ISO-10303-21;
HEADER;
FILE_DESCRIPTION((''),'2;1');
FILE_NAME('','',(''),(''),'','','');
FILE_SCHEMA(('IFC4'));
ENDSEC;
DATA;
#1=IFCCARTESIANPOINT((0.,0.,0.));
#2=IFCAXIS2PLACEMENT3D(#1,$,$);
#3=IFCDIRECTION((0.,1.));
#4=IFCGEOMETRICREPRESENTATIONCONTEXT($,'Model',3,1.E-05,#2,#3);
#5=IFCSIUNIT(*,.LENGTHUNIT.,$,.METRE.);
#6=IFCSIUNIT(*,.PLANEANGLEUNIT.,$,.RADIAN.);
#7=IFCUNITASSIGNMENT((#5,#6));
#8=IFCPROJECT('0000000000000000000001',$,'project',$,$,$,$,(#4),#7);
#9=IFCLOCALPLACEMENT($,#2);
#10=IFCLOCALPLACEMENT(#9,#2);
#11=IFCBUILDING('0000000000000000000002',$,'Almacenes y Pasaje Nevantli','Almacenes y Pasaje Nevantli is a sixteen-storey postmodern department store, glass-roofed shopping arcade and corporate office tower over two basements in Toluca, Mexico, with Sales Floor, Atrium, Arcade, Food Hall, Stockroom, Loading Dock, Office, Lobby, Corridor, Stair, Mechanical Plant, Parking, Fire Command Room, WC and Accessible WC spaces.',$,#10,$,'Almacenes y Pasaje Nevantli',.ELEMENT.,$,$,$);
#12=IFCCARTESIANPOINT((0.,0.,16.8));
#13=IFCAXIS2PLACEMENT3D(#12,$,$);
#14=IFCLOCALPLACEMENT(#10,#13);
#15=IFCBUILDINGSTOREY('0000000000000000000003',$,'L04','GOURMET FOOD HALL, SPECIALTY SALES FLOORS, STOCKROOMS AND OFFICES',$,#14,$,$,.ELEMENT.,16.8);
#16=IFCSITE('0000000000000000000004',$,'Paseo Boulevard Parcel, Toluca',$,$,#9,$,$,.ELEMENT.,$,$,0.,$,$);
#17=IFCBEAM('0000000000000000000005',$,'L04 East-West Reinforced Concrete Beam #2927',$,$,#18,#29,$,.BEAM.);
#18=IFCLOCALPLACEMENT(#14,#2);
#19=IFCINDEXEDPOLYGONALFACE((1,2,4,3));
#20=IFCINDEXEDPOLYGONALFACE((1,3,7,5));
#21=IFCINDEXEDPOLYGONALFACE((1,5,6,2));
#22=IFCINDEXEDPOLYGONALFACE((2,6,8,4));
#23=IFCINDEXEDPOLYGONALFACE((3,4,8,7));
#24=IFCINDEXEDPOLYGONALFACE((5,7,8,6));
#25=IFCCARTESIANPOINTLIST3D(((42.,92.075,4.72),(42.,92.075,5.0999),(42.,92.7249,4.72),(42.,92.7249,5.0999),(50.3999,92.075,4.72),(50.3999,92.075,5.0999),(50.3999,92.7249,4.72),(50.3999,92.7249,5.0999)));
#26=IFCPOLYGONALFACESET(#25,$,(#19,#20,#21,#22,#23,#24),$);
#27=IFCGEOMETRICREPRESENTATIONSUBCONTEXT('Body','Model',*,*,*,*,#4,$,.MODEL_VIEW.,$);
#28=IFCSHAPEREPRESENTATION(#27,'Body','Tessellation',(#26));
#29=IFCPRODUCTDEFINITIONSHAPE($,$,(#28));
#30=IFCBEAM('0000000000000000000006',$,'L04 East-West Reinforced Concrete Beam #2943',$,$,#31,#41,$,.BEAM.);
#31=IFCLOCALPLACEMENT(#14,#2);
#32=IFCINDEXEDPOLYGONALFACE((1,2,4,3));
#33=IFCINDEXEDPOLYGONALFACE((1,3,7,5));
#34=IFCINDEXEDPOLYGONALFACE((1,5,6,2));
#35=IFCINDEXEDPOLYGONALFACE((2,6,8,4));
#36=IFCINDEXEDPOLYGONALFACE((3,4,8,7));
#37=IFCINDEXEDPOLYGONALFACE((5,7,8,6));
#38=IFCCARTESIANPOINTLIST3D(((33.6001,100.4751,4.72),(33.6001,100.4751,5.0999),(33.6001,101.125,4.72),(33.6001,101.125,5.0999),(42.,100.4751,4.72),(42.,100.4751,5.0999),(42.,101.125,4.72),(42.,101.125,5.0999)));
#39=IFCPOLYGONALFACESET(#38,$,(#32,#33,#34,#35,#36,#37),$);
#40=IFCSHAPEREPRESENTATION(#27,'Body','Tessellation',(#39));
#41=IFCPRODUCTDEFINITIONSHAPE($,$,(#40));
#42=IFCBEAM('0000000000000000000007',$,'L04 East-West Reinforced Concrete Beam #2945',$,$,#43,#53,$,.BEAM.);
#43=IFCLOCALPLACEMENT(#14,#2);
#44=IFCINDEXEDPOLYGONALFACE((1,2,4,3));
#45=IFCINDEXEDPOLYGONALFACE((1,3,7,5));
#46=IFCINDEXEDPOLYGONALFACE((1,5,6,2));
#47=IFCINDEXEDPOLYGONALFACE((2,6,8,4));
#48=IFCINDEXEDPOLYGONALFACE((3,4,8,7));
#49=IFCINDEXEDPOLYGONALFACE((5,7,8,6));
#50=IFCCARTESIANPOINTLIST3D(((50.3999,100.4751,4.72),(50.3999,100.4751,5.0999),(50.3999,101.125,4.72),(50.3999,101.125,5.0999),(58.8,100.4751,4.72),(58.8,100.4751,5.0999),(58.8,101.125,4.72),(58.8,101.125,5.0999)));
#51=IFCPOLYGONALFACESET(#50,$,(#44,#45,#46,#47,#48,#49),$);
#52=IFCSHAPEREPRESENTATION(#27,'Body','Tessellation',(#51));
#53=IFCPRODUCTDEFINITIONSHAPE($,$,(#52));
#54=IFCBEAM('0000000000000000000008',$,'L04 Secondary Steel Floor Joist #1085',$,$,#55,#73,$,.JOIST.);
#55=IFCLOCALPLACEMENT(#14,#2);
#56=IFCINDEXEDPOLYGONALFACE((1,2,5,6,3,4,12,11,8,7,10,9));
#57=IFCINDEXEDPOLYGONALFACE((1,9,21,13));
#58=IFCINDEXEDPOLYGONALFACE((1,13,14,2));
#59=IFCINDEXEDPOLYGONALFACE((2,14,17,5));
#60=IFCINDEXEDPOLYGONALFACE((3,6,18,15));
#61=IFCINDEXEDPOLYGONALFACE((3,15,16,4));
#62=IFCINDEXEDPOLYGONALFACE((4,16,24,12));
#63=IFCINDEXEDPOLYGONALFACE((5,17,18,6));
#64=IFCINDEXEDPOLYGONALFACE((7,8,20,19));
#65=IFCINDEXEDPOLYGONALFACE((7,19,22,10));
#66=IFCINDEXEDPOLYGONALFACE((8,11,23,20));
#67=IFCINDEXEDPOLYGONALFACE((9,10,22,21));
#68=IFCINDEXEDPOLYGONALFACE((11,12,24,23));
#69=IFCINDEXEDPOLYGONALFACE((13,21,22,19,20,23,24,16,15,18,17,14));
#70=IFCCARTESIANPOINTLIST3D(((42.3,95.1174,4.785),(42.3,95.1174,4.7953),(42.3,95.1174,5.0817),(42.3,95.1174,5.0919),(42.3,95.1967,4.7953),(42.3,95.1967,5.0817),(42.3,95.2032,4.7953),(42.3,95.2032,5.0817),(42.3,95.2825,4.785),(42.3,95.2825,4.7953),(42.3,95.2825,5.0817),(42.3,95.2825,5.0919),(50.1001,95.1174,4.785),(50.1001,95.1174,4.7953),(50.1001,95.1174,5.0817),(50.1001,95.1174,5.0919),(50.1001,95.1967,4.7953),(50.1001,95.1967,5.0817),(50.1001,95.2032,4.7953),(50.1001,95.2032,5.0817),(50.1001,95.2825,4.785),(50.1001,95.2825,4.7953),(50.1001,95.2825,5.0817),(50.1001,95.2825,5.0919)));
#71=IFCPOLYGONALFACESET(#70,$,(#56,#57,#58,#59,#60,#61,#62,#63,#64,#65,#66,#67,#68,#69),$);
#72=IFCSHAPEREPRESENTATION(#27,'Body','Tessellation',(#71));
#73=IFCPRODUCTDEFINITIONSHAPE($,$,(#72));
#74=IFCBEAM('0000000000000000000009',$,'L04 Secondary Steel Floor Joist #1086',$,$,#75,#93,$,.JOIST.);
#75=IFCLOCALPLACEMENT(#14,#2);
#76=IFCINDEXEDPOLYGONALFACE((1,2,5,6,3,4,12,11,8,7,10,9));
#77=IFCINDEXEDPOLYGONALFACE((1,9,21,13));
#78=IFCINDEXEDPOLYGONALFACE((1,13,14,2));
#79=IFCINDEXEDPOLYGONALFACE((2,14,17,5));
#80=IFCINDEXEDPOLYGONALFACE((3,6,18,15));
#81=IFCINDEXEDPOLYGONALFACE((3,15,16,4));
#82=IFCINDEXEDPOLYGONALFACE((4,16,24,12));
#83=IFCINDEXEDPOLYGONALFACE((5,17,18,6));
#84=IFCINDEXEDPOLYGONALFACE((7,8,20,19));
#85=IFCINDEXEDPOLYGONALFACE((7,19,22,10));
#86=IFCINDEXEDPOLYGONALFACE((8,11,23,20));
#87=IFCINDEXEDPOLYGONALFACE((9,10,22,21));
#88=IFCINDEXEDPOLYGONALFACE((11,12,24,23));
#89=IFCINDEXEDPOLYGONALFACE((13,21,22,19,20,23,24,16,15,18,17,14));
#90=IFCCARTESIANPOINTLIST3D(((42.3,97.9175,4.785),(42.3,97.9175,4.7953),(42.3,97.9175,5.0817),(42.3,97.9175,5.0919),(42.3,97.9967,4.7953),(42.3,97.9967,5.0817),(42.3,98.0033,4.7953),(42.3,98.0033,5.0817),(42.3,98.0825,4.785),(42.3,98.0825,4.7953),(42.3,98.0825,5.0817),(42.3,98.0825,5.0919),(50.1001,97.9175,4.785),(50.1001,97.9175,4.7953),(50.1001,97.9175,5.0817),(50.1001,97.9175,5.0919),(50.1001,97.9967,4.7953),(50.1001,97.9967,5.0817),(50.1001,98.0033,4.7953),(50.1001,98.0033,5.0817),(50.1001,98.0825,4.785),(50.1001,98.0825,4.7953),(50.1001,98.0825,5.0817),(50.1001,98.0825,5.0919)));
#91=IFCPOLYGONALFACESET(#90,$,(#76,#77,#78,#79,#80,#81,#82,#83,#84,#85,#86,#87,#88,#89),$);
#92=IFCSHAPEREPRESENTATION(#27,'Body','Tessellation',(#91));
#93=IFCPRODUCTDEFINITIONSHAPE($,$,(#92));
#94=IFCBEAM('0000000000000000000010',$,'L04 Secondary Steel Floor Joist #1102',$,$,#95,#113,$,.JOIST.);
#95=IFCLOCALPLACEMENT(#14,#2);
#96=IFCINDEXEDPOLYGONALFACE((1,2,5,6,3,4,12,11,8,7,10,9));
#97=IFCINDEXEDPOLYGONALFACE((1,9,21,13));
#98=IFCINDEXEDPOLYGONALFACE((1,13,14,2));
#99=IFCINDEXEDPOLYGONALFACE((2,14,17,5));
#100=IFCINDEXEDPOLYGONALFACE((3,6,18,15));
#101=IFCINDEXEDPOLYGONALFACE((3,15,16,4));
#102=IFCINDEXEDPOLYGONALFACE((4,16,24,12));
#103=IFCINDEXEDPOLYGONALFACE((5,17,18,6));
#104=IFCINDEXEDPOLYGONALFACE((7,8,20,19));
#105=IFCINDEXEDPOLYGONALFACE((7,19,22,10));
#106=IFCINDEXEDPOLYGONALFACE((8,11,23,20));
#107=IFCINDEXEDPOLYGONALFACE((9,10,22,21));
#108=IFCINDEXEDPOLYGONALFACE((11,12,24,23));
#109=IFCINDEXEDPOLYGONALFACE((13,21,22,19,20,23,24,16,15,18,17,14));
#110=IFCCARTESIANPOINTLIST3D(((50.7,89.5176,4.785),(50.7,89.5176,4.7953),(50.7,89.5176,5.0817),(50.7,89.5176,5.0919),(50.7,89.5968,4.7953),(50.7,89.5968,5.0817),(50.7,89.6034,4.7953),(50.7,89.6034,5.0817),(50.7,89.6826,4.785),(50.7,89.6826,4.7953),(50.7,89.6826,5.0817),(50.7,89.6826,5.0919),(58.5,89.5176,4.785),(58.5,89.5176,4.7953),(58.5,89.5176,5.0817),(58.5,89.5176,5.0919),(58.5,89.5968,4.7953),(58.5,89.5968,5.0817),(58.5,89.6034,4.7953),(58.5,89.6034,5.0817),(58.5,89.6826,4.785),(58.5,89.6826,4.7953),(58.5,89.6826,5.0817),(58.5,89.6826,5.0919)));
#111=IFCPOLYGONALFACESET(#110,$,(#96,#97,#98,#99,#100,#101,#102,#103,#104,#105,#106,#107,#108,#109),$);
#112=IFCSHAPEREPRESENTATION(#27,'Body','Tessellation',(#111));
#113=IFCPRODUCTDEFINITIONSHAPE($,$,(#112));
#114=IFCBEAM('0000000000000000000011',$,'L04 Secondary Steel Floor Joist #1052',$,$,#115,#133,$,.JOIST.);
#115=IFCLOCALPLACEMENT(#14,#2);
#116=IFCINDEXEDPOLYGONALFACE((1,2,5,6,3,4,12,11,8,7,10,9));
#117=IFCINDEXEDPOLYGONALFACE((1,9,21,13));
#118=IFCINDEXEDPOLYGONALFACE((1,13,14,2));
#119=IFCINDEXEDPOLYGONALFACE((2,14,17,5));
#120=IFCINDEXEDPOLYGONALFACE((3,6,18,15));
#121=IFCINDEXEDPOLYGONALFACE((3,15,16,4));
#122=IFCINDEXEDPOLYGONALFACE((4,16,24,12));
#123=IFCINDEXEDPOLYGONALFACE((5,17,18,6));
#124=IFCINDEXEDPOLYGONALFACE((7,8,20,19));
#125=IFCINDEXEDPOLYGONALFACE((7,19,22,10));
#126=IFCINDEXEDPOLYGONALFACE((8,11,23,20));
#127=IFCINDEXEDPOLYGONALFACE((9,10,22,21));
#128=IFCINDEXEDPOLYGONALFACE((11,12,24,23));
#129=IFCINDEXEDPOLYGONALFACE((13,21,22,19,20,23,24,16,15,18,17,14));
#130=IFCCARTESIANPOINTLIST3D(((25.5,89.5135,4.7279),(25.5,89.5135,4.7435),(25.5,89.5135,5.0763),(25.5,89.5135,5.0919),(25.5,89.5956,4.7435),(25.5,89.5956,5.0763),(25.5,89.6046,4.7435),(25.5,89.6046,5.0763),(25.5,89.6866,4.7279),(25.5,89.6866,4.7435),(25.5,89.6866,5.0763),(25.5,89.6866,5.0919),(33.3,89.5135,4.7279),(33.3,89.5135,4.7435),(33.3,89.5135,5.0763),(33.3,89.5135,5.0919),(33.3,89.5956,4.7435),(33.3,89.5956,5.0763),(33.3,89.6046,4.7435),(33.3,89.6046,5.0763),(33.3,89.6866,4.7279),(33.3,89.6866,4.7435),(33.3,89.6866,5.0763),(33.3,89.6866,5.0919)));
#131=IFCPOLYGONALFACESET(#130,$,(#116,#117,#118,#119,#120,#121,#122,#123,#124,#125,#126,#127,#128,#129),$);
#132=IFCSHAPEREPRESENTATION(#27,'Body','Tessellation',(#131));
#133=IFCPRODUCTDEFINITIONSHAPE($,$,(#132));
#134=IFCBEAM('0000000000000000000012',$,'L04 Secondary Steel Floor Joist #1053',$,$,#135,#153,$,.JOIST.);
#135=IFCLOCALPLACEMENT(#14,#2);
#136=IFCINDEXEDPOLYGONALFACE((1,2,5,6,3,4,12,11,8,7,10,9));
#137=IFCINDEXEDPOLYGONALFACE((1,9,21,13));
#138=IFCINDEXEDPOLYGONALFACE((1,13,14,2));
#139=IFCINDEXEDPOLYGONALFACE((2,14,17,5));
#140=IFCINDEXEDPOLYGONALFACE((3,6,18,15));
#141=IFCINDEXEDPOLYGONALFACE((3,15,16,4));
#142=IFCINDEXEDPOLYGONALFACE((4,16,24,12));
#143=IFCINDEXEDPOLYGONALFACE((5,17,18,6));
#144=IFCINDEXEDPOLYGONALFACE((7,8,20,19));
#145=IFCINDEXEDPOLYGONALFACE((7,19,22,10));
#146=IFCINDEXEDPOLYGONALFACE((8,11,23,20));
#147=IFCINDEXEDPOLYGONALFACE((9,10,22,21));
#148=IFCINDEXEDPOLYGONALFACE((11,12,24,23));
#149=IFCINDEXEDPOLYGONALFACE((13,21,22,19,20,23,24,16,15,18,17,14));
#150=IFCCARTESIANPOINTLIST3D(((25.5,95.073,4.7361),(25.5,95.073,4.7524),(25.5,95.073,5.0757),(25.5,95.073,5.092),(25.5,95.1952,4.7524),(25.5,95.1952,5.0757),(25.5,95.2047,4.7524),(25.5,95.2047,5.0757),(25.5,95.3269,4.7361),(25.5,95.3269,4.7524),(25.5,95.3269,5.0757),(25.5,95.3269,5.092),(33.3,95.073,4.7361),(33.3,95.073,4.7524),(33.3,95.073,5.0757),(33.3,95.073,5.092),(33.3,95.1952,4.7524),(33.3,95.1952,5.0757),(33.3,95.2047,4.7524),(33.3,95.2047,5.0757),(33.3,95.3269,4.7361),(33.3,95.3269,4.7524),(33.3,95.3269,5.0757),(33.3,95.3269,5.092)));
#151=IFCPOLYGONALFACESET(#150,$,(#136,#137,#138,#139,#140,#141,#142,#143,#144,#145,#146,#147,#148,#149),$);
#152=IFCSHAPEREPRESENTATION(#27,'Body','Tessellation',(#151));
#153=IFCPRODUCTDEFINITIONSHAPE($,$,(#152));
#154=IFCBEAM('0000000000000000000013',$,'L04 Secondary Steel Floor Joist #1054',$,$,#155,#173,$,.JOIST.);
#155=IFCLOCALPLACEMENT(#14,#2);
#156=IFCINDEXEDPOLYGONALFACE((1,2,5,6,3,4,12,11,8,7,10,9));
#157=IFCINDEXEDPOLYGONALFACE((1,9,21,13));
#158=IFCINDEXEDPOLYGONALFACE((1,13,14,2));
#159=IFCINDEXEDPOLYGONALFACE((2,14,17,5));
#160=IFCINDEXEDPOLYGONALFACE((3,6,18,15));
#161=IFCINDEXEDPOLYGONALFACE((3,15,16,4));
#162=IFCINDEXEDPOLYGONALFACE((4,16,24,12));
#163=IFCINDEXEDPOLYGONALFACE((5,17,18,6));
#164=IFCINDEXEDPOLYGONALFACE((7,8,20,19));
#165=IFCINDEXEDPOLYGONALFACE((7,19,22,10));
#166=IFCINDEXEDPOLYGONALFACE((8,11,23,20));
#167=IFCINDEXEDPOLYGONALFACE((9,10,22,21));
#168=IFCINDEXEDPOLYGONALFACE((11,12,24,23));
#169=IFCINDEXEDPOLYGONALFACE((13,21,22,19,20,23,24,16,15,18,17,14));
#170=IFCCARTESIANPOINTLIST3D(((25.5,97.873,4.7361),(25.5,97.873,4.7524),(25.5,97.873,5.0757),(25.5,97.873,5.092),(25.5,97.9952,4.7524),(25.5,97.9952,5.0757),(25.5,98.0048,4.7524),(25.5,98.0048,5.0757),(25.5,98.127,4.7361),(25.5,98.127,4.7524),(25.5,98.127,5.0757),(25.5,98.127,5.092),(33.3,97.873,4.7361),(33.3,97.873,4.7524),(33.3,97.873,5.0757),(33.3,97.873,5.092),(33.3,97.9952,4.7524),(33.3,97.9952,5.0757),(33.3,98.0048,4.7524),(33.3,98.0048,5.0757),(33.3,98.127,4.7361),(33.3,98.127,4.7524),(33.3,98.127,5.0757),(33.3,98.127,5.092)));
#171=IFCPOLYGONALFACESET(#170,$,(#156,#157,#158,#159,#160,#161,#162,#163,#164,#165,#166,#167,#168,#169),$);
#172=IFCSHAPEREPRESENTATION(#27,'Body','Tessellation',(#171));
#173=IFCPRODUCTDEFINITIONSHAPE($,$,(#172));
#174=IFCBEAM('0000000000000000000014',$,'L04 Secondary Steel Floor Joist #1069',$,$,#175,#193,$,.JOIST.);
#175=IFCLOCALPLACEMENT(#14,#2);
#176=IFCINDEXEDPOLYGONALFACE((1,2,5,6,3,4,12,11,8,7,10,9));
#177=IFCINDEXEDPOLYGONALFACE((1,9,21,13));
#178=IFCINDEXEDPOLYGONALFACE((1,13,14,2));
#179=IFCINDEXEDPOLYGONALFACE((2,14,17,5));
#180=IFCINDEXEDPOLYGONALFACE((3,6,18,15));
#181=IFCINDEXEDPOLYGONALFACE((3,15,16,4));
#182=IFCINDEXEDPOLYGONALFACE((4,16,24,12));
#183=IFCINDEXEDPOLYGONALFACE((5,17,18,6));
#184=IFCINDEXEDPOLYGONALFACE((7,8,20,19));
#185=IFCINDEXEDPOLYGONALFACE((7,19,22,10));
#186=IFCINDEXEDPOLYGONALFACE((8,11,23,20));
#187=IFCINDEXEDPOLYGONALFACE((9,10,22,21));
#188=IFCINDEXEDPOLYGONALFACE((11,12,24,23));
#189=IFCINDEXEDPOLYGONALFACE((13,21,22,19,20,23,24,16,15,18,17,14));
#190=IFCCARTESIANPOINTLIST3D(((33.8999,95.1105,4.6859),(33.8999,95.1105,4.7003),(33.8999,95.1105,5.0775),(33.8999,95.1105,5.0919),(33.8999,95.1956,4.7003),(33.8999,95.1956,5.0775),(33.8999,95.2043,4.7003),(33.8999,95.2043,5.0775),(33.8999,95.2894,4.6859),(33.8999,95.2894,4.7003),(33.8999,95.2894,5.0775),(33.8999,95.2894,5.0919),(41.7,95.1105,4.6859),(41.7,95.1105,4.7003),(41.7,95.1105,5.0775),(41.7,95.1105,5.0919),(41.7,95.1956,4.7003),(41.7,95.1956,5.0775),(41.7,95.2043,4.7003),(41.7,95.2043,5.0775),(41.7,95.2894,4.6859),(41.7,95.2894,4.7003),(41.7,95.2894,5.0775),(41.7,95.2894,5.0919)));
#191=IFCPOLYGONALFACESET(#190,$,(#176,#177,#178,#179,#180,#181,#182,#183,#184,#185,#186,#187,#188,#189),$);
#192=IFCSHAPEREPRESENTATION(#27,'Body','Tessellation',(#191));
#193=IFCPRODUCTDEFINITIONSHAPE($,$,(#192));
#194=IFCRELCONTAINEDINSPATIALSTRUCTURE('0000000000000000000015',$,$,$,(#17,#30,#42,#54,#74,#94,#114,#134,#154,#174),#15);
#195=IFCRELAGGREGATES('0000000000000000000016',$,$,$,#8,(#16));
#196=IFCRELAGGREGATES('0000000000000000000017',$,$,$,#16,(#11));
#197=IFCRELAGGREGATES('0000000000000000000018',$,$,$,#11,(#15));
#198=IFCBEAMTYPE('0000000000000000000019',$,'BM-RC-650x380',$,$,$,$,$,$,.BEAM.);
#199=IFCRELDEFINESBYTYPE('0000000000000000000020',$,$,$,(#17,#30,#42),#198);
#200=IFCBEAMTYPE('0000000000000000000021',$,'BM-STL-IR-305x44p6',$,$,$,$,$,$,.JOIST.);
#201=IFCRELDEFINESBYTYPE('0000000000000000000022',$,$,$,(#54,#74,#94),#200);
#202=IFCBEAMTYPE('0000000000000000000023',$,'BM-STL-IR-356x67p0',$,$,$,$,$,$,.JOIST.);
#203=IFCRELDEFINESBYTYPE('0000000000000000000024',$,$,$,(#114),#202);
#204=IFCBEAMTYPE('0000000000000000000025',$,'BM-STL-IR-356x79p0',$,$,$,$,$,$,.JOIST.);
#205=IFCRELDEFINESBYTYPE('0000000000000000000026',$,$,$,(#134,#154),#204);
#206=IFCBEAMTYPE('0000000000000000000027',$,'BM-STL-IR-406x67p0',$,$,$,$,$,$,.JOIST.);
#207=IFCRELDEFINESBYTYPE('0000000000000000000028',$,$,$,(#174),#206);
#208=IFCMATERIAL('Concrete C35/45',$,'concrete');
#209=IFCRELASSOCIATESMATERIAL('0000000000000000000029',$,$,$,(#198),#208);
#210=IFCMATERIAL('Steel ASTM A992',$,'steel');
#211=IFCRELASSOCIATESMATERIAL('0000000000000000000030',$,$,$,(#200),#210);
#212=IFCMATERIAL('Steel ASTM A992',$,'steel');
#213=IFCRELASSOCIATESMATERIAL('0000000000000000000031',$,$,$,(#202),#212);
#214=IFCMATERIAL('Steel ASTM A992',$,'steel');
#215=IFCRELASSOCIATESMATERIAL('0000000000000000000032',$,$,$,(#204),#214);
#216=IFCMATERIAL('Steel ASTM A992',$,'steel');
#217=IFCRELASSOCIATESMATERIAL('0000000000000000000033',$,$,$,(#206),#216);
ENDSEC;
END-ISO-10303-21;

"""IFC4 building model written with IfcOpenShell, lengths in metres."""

from ifc_helpers import new_model, si_unit, direction, frame, origin, origin_2d, place, context, subcontext, project, spatial, rectangle, i_section, extrude, material, material_profile, profile_set, type_object, element, save


model = new_model("IFC4")

# Units and contexts
model_context = context("Model", 3, precision=1e-05, world=origin(), true_north=direction((0.0, 1.0)))
body_context = subcontext(model_context, "Body", "Model", "MODEL_VIEW")
ifc_project = project(units=[si_unit("LENGTHUNIT", "METRE"), si_unit("PLANEANGLEUNIT", "RADIAN")], contexts=[model_context])

# Site, building, storey
site_placement = place(None, origin())
site = spatial("IfcSite", under=ifc_project, at=site_placement, Name="Paseo Boulevard Parcel, Toluca", CompositionType="ELEMENT", RefElevation=0.0)
building_placement = place(site_placement, origin())
building = spatial("IfcBuilding", under=site, at=building_placement, Name="Almacenes y Pasaje Nevantli", Description="Almacenes y Pasaje Nevantli is a sixteen-storey postmodern department store, glass-roofed shopping arcade and corporate office tower over two basements in Toluca, Mexico, with Sales Floor, Atrium, Arcade, Food Hall, Stockroom, Loading Dock, Office, Lobby, Corridor, Stair, Mechanical Plant, Parking, Fire Command Room, WC and Accessible WC spaces.", LongName="Almacenes y Pasaje Nevantli", CompositionType="ELEMENT")
storey_placement = place(building_placement, frame((0.0, 0.0, 16.8)))
storey = spatial("IfcBuildingStorey", under=building, at=storey_placement, Name="L04", Description="GOURMET FOOD HALL, SPECIALTY SALES FLOORS, STOCKROOMS AND OFFICES", CompositionType="ELEMENT", Elevation=16.8)

# Beams
ifc_material_1 = material(Name="Concrete C35/45", Category="concrete")
ifc_material_profile_1 = material_profile(ifc_material_1, rectangle(XDim=0.6499, YDim=0.3799, at=origin_2d()), Name="RC-BM-650x380")
ifc_profile_set_1 = profile_set([ifc_material_profile_1], Name="Concrete C35/45")
beam_type_1 = type_object("IfcBeamType", Name="BM-RC-650x380", PredefinedType="BEAM", material=ifc_profile_set_1)
for number, where, z_axis, x_axis, name in (
    (1, (42.0, 92.3999, 4.9099), (1.0, 0.0, 0.0), (0.0, 1.0, 0.0), "L04 East-West Reinforced Concrete Beam #2927"),
    (2, (33.6001, 100.8, 4.9099), (1.0, 0.0, 0.0), (0.0, 1.0, 0.0), "L04 East-West Reinforced Concrete Beam #2943"),
):
    element("IfcBeam", number, at=place(storey_placement, frame(where, z_axis=z_axis, x_axis=x_axis)), inside=storey, type_object=beam_type_1, Name=name, PredefinedType="BEAM", context=body_context, shape_type="SweptSolid", body=[
        extrude(rectangle(XDim=0.6499, YDim=0.3799, at=origin_2d()), origin(), (0.0, 0.0, 1.0), 8.3999),
    ])
beam_1_placement = place(storey_placement, frame((50.3999, 100.8, 4.9099), z_axis=(1.0, 0.0, 0.0), x_axis=(0.0, 1.0, 0.0)))
element("IfcBeam", 3, at=beam_1_placement, inside=storey, type_object=beam_type_1, Name="L04 East-West Reinforced Concrete Beam #2945", PredefinedType="BEAM", context=body_context, shape_type="SweptSolid", body=[
    extrude(rectangle(XDim=0.6499, YDim=0.3799, at=origin_2d()), origin(), (0.0, 0.0, 1.0), 8.4001),
])
ifc_material_2 = material(Name="Steel ASTM A992", Category="steel")
ifc_material_profile_2 = material_profile(ifc_material_2, i_section(OverallWidth=0.165, OverallDepth=0.3069, WebThickness=0.0066, FlangeThickness=0.0103, at=origin_2d()), Name="IR 305x44.6")
ifc_profile_set_2 = profile_set([ifc_material_profile_2], Name="Steel ASTM A992")
beam_type_2 = type_object("IfcBeamType", Name="BM-STL-IR-305x44p6", PredefinedType="JOIST", material=ifc_profile_set_2)
for number, where, z_axis, x_axis, name in (
    (4, (42.3, 95.2, 4.9385), (1.0, 0.0, 0.0), (0.0, 1.0, 0.0), "L04 Secondary Steel Floor Joist #1085"),
    (5, (42.3, 98.0, 4.9385), (1.0, 0.0, 0.0), (0.0, 1.0, 0.0), "L04 Secondary Steel Floor Joist #1086"),
    (6, (50.7, 89.6001, 4.9385), (1.0, 0.0, 0.0), (0.0, 1.0, 0.0), "L04 Secondary Steel Floor Joist #1102"),
):
    element("IfcBeam", number, at=place(storey_placement, frame(where, z_axis=z_axis, x_axis=x_axis)), inside=storey, type_object=beam_type_2, Name=name, PredefinedType="JOIST", context=body_context, shape_type="SweptSolid", body=[
        extrude(i_section(OverallWidth=0.165, OverallDepth=0.3069, WebThickness=0.0066, FlangeThickness=0.0103, at=origin_2d()), origin(), (0.0, 0.0, 1.0), 7.8),
    ])
ifc_material_3 = material(Name="Steel ASTM A992", Category="steel")
ifc_material_profile_3 = material_profile(ifc_material_3, i_section(OverallWidth=0.1731, OverallDepth=0.364, WebThickness=0.009, FlangeThickness=0.0156, at=origin_2d()), Name="IR 356x67.0")
ifc_profile_set_3 = profile_set([ifc_material_profile_3], Name="Steel ASTM A992")
beam_type_3 = type_object("IfcBeamType", Name="BM-STL-IR-356x67p0", PredefinedType="JOIST", material=ifc_profile_set_3)
beam_2_placement = place(storey_placement, frame((25.5, 89.6001, 4.9099), z_axis=(1.0, 0.0, 0.0), x_axis=(0.0, 1.0, 0.0)))
element("IfcBeam", 7, at=beam_2_placement, inside=storey, type_object=beam_type_3, Name="L04 Secondary Steel Floor Joist #1052", PredefinedType="JOIST", context=body_context, shape_type="SweptSolid", body=[
    extrude(i_section(OverallWidth=0.1731, OverallDepth=0.364, WebThickness=0.009, FlangeThickness=0.0156, at=origin_2d()), origin(), (0.0, 0.0, 1.0), 7.8),
])
ifc_material_4 = material(Name="Steel ASTM A992", Category="steel")
ifc_material_profile_4 = material_profile(ifc_material_4, i_section(OverallWidth=0.2539, OverallDepth=0.356, WebThickness=0.0095, FlangeThickness=0.0164, at=origin_2d()), Name="IR 356x79.0")
ifc_profile_set_4 = profile_set([ifc_material_profile_4], Name="Steel ASTM A992")
beam_type_4 = type_object("IfcBeamType", Name="BM-STL-IR-356x79p0", PredefinedType="JOIST", material=ifc_profile_set_4)
for number, where, z_axis, x_axis, name in (
    (8, (25.5, 95.2, 4.9141), (1.0, 0.0, 0.0), (0.0, 1.0, 0.0), "L04 Secondary Steel Floor Joist #1053"),
    (9, (25.5, 98.0, 4.9141), (1.0, 0.0, 0.0), (0.0, 1.0, 0.0), "L04 Secondary Steel Floor Joist #1054"),
):
    element("IfcBeam", number, at=place(storey_placement, frame(where, z_axis=z_axis, x_axis=x_axis)), inside=storey, type_object=beam_type_4, Name=name, PredefinedType="JOIST", context=body_context, shape_type="SweptSolid", body=[
        extrude(i_section(OverallWidth=0.2539, OverallDepth=0.356, WebThickness=0.0095, FlangeThickness=0.0164, at=origin_2d()), origin(), (0.0, 0.0, 1.0), 7.8),
    ])
ifc_material_5 = material(Name="Steel ASTM A992", Category="steel")
ifc_material_profile_5 = material_profile(ifc_material_5, i_section(OverallWidth=0.179, OverallDepth=0.406, WebThickness=0.0088, FlangeThickness=0.0144, at=origin_2d()), Name="IR 406x67.0")
ifc_profile_set_5 = profile_set([ifc_material_profile_5], Name="Steel ASTM A992")
beam_type_5 = type_object("IfcBeamType", Name="BM-STL-IR-406x67p0", PredefinedType="JOIST", material=ifc_profile_set_5)
for number, where, z_axis, x_axis, name in (
    (10, (33.8999, 95.2, 4.8889), (1.0, 0.0, 0.0), (0.0, 1.0, 0.0), "L04 Secondary Steel Floor Joist #1069"),
):
    element("IfcBeam", number, at=place(storey_placement, frame(where, z_axis=z_axis, x_axis=x_axis)), inside=storey, type_object=beam_type_5, Name=name, PredefinedType="JOIST", context=body_context, shape_type="SweptSolid", body=[
        extrude(i_section(OverallWidth=0.179, OverallDepth=0.406, WebThickness=0.0088, FlangeThickness=0.0144, at=origin_2d()), origin(), (0.0, 0.0, 1.0), 7.8),
    ])

save(model, "model.ifc")
